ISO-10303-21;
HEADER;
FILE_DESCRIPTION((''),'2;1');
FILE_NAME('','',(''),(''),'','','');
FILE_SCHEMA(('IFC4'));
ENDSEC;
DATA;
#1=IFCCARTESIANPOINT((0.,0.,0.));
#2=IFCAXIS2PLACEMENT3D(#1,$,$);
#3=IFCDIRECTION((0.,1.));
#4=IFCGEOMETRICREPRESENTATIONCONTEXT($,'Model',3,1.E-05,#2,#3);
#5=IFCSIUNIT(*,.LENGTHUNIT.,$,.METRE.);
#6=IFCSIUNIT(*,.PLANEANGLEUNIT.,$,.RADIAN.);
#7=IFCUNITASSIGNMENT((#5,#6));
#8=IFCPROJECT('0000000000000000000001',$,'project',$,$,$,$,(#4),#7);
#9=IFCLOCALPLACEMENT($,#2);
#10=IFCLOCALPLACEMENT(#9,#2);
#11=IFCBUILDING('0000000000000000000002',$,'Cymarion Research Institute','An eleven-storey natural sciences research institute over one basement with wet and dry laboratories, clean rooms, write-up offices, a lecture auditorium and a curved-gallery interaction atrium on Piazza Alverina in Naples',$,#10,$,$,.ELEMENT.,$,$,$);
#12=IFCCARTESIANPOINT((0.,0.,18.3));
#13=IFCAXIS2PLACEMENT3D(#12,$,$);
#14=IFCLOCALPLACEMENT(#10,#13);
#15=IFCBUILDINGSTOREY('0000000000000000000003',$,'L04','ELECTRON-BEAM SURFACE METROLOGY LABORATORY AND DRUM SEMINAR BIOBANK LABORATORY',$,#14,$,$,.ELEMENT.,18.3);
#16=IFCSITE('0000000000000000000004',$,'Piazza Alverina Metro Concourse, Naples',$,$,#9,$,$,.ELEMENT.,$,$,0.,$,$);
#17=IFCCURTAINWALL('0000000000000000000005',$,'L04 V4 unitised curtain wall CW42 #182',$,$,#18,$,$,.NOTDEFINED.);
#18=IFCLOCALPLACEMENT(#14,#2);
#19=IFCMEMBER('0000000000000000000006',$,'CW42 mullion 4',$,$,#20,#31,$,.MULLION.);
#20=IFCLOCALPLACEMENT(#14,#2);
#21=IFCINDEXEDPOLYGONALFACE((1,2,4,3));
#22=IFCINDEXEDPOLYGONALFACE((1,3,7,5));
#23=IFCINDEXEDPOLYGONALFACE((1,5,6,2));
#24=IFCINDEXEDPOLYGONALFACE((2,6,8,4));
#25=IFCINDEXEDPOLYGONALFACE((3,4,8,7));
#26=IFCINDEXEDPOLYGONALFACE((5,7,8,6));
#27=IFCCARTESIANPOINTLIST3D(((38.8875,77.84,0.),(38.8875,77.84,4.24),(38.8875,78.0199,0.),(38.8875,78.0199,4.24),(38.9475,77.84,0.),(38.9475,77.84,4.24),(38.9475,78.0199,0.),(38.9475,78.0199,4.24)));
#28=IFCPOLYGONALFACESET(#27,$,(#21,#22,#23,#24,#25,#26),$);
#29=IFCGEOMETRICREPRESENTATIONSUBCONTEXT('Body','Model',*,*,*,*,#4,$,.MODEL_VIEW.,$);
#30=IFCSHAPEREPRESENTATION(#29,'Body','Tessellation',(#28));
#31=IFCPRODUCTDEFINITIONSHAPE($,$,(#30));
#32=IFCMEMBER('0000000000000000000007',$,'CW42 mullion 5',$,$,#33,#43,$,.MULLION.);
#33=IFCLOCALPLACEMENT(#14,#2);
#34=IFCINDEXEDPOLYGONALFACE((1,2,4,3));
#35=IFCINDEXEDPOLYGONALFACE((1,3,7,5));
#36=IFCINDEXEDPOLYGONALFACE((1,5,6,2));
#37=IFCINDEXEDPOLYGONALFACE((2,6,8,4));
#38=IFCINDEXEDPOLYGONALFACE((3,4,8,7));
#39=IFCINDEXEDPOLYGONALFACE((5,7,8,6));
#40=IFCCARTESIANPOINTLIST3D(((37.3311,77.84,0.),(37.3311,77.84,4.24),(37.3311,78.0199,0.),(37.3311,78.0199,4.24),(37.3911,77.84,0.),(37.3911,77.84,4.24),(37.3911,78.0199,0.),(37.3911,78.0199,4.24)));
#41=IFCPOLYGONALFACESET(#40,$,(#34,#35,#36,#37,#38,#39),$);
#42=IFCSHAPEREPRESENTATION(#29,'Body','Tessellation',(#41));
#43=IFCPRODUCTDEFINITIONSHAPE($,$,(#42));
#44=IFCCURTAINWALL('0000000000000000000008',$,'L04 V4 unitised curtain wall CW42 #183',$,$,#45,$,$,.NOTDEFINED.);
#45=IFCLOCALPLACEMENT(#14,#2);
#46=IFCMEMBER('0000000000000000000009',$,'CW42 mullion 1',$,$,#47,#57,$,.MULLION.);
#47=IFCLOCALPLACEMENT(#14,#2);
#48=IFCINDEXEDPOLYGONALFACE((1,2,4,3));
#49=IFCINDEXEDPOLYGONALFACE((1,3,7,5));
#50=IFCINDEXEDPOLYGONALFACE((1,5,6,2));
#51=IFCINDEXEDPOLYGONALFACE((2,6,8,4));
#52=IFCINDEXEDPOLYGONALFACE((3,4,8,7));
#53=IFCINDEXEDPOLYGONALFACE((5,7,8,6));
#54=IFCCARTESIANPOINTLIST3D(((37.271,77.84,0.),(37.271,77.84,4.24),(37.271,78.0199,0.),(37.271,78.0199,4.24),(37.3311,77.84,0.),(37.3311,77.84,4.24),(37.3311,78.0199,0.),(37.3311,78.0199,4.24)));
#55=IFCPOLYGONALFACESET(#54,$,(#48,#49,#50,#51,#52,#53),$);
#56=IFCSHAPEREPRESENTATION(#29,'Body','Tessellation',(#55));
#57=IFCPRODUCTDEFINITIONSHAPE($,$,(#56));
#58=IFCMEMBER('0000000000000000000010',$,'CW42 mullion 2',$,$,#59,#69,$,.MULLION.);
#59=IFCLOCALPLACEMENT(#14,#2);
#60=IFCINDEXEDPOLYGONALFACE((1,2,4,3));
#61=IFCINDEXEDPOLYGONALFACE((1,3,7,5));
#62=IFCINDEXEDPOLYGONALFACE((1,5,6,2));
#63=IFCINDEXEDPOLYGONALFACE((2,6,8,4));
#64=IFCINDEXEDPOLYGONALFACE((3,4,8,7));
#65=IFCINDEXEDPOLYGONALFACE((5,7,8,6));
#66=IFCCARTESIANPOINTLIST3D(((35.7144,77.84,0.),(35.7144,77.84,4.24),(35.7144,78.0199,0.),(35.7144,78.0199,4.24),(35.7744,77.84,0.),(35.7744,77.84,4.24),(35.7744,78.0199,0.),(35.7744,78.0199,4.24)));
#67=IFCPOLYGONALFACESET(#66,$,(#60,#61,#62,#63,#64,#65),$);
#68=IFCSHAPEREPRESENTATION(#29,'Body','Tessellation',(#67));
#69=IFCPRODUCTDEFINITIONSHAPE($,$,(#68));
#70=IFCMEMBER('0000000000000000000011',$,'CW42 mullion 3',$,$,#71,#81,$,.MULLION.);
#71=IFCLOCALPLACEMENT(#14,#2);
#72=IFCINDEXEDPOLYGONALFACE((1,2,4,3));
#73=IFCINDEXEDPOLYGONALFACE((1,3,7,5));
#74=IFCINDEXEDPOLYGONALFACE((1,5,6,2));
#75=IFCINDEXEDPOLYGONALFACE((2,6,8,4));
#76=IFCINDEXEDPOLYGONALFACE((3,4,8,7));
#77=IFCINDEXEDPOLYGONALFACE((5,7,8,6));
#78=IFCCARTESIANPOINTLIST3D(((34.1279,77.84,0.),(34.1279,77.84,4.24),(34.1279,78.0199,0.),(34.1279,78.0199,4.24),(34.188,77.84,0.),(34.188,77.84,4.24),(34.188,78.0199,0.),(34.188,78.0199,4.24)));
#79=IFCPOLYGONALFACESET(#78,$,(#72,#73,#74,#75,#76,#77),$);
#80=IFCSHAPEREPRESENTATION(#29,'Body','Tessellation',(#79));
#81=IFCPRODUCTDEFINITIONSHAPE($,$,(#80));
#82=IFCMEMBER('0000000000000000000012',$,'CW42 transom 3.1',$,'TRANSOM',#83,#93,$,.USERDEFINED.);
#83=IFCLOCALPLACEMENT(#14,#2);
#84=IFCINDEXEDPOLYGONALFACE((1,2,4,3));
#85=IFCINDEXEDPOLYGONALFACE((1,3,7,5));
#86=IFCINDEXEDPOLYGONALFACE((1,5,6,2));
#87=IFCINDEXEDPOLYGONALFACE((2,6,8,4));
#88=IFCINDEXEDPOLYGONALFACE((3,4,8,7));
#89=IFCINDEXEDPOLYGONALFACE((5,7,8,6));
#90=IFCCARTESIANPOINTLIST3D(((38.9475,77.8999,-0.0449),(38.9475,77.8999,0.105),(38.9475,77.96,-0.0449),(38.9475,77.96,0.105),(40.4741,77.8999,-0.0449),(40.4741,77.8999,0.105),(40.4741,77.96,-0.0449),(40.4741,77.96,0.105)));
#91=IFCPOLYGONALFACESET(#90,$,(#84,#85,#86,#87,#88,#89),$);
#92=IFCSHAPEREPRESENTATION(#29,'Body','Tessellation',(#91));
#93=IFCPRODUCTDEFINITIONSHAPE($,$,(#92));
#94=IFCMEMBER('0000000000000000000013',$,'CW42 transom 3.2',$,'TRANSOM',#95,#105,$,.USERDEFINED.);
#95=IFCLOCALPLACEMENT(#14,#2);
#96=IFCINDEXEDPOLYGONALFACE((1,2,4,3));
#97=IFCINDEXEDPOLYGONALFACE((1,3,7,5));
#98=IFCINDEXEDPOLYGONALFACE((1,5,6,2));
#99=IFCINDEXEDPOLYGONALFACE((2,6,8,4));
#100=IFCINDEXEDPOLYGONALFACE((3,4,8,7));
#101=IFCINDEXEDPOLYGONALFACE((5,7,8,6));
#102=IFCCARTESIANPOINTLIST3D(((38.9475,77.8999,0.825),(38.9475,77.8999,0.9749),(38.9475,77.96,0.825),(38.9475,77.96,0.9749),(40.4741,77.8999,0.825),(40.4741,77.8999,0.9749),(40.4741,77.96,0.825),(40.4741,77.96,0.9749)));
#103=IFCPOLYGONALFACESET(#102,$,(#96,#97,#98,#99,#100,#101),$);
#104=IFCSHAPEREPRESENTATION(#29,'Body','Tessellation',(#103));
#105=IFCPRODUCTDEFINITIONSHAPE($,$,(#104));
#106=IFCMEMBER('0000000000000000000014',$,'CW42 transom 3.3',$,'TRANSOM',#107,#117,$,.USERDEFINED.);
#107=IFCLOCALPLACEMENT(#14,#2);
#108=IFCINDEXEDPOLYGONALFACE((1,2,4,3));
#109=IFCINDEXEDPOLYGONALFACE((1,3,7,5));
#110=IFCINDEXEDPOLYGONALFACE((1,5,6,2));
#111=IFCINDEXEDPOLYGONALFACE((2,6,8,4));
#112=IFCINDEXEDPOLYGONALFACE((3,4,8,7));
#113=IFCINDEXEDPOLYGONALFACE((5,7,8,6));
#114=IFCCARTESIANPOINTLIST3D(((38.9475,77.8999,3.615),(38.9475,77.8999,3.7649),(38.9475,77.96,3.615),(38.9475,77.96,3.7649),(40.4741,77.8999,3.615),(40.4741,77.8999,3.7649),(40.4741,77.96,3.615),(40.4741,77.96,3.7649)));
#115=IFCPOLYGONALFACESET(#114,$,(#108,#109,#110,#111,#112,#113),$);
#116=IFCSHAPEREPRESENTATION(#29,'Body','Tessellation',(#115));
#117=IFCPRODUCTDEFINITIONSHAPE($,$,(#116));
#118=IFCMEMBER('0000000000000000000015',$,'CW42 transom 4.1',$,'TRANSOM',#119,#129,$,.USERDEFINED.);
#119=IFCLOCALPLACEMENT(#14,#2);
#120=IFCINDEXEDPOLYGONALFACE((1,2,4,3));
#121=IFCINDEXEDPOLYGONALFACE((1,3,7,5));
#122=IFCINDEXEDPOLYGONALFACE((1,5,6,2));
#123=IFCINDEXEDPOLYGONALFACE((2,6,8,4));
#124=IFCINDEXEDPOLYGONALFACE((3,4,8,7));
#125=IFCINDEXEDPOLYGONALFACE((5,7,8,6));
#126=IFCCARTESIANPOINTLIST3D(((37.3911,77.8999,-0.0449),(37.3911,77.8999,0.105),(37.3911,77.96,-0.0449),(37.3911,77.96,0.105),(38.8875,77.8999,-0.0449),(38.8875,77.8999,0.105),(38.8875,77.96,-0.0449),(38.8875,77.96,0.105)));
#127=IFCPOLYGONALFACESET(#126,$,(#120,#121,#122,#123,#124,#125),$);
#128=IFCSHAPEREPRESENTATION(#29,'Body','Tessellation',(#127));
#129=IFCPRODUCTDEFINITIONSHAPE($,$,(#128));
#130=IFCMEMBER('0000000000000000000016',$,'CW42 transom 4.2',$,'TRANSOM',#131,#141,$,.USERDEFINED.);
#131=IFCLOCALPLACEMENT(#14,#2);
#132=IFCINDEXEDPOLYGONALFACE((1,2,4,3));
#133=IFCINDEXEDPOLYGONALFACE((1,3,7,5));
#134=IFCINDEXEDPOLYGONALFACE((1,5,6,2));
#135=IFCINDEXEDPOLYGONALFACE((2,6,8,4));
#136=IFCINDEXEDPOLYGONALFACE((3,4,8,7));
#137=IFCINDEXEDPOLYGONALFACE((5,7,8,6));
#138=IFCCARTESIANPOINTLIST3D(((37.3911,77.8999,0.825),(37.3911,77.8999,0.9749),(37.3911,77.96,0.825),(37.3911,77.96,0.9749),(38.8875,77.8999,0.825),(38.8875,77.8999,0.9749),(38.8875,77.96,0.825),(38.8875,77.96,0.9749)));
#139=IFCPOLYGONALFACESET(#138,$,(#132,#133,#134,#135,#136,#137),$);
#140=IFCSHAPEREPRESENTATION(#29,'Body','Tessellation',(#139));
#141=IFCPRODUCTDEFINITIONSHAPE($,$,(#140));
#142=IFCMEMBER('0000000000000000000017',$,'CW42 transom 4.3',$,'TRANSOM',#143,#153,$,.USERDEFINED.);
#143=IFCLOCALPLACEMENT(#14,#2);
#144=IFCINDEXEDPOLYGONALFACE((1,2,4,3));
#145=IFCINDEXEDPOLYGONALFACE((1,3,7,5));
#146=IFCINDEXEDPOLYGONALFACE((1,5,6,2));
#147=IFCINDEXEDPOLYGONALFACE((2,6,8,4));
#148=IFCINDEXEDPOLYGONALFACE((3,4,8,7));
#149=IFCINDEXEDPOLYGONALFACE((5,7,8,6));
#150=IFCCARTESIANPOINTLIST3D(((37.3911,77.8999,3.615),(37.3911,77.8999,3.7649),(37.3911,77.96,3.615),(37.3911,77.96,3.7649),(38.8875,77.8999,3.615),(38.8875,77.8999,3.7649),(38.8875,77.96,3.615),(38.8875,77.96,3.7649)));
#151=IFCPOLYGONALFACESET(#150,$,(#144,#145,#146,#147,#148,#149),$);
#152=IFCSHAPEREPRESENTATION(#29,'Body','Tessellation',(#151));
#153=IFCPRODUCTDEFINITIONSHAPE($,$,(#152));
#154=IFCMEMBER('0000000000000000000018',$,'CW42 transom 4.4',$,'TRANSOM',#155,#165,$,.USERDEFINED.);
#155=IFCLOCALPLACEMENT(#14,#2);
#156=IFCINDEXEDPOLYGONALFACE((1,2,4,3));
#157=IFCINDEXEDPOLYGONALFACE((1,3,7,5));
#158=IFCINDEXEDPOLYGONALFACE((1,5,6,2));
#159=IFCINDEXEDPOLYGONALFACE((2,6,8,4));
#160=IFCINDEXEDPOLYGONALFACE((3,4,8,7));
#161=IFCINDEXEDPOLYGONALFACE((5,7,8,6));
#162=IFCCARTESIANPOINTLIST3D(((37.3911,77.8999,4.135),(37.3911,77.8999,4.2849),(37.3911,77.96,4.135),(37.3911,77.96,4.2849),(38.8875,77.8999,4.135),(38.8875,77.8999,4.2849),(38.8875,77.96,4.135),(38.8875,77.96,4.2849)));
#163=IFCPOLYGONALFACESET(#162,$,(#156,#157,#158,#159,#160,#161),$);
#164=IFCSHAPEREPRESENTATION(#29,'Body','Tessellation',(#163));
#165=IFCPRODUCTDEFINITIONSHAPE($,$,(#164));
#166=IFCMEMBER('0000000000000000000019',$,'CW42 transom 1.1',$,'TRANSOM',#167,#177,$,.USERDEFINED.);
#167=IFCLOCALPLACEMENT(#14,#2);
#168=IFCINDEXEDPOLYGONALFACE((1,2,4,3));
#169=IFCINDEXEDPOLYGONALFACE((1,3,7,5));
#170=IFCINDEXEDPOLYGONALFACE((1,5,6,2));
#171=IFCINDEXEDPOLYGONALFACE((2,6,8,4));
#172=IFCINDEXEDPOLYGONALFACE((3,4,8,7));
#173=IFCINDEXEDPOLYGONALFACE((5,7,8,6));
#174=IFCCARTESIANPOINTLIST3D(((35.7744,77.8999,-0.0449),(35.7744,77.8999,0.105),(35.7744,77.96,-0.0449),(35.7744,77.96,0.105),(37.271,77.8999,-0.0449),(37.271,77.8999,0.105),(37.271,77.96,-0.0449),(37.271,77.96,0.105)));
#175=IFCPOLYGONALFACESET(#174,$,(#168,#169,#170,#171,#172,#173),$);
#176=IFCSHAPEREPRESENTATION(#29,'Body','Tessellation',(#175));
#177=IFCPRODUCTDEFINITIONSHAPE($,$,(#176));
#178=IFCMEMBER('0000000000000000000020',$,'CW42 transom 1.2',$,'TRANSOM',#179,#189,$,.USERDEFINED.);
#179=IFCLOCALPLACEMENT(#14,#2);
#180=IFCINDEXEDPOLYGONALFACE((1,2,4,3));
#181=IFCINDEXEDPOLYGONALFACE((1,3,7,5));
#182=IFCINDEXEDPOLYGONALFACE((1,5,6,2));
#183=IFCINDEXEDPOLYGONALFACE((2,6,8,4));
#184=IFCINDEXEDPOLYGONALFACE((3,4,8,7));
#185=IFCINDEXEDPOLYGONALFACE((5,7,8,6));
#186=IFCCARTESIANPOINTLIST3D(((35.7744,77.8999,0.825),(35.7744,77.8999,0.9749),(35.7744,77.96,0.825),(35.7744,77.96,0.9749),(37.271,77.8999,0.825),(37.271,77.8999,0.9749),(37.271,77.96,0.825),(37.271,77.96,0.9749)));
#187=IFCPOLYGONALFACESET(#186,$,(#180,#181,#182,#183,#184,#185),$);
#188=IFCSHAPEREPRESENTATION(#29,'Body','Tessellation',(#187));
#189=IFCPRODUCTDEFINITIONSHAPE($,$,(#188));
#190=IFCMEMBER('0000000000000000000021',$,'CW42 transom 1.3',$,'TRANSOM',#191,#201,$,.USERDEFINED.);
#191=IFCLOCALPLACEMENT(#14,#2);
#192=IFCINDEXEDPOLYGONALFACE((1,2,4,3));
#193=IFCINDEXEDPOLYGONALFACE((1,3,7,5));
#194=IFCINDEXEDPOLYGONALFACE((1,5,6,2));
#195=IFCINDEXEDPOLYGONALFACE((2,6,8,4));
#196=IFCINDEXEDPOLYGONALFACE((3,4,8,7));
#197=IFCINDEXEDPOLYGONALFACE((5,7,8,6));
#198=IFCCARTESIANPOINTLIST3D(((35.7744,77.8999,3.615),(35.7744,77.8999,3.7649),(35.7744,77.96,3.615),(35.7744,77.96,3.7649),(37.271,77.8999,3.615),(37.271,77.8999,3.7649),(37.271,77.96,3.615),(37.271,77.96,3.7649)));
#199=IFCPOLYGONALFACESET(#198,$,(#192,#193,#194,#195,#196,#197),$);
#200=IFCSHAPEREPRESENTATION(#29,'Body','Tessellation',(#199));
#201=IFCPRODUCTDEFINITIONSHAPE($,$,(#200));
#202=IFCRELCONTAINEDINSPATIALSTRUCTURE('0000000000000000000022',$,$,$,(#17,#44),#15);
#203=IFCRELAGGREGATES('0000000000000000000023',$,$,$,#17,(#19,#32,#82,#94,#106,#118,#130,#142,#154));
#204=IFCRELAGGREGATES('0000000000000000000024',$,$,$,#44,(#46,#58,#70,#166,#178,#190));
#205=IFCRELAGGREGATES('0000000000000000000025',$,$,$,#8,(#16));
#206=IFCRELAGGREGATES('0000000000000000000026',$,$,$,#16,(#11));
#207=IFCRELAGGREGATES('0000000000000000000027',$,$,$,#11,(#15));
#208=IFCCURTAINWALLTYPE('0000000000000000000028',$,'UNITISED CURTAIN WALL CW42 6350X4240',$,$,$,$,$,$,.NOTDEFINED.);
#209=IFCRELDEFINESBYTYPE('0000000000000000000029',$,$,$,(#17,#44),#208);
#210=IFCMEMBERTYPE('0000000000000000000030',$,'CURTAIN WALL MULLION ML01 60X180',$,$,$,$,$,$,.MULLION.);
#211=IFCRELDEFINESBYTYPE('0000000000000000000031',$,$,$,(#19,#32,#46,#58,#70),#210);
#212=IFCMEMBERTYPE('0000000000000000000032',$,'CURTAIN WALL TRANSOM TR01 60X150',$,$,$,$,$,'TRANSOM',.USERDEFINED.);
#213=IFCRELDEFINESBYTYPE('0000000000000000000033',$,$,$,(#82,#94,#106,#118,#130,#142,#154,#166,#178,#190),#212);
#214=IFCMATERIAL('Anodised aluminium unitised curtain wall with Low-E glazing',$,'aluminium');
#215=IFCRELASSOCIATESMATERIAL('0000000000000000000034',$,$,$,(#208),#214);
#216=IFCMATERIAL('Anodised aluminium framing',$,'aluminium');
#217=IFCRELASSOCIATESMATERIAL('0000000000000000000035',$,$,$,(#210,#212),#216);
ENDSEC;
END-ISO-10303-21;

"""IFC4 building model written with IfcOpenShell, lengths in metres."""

from ifc_helpers import new_model, si_unit, direction, frame, origin, origin_2d, place, context, subcontext, project, spatial, rectangle, extrude, material, material_profile, profile_set, type_object, element, aggregate, save


model = new_model("IFC4")

# Units and contexts
model_context = context("Model", 3, precision=1e-05, world=origin(), true_north=direction((0.0, 1.0)))
body_context = subcontext(model_context, "Body", "Model", "MODEL_VIEW")
ifc_project = project(units=[si_unit("LENGTHUNIT", "METRE"), si_unit("PLANEANGLEUNIT", "RADIAN")], contexts=[model_context])

# Site, building, storey
site_placement = place(None, origin())
site = spatial("IfcSite", under=ifc_project, at=site_placement, Name="Piazza Alverina Metro Concourse, Naples", CompositionType="ELEMENT", RefElevation=0.0)
building_placement = place(site_placement, origin())
building = spatial("IfcBuilding", under=site, at=building_placement, Name="Cymarion Research Institute", Description="An eleven-storey natural sciences research institute over one basement with wet and dry laboratories, clean rooms, write-up offices, a lecture auditorium and a curved-gallery interaction atrium on Piazza Alverina in Naples", CompositionType="ELEMENT")
storey_placement = place(building_placement, frame((0.0, 0.0, 18.3)))
storey = spatial("IfcBuildingStorey", under=building, at=storey_placement, Name="L04", Description="ELECTRON-BEAM SURFACE METROLOGY LABORATORY AND DRUM SEMINAR BIOBANK LABORATORY", CompositionType="ELEMENT", Elevation=18.3)

# Curtain walls, members
ifc_material_1 = material(Name="Anodised aluminium unitised curtain wall with Low-E glazing", Category="aluminium")
curtain_wall_type = type_object("IfcCurtainWallType", Name="UNITISED CURTAIN WALL CW42 6350X4240", PredefinedType="NOTDEFINED", material=ifc_material_1)
curtain_wall_1_placement = place(storey_placement, origin())
curtain_wall_1 = element("IfcCurtainWall", 1, at=curtain_wall_1_placement, inside=storey, type_object=curtain_wall_type, Name="L04 V4 unitised curtain wall CW42 #182", PredefinedType="NOTDEFINED")
ifc_material_2 = material(Name="Anodised aluminium framing", Category="aluminium")
ifc_material_profile_1 = material_profile(ifc_material_2, rectangle(XDim=0.0601, YDim=0.1799, at=origin_2d()), Name="ALU MULLION 60x180")
ifc_profile_set_1 = profile_set([ifc_material_profile_1], Name="Anodised aluminium framing")
member_type_1 = type_object("IfcMemberType", Name="CURTAIN WALL MULLION ML01 60X180", PredefinedType="MULLION", material=ifc_profile_set_1)
member_1_placement = place(storey_placement, frame((38.9175, 77.9299, 0.0), z_axis=(0.0, 0.0, 1.0), x_axis=(-1.0, 0.0, 0.0)))
member_1 = element("IfcMember", 2, at=member_1_placement, type_object=member_type_1, Name="CW42 mullion 4", PredefinedType="MULLION", context=body_context, shape_type="SweptSolid", body=[
    extrude(rectangle(XDim=0.0601, YDim=0.1799, at=origin_2d()), origin(), (0.0, 0.0, 1.0), 4.24),
])
member_2_placement = place(storey_placement, frame((37.3611, 77.9299, 0.0), z_axis=(0.0, 0.0, 1.0), x_axis=(-1.0, 0.0, 0.0)))
member_2 = element("IfcMember", 3, at=member_2_placement, type_object=member_type_1, Name="CW42 mullion 5", PredefinedType="MULLION", context=body_context, shape_type="SweptSolid", body=[
    extrude(rectangle(XDim=0.0601, YDim=0.1799, at=origin_2d()), origin(), (0.0, 0.0, 1.0), 4.24),
])
curtain_wall_2_placement = place(storey_placement, origin())
curtain_wall_2 = element("IfcCurtainWall", 4, at=curtain_wall_2_placement, inside=storey, type_object=curtain_wall_type, Name="L04 V4 unitised curtain wall CW42 #183", PredefinedType="NOTDEFINED")
member_3_placement = place(storey_placement, frame((37.301, 77.9299, 0.0), z_axis=(0.0, 0.0, 1.0), x_axis=(-1.0, 0.0, 0.0)))
member_3 = element("IfcMember", 5, at=member_3_placement, type_object=member_type_1, Name="CW42 mullion 1", PredefinedType="MULLION", context=body_context, shape_type="SweptSolid", body=[
    extrude(rectangle(XDim=0.0601, YDim=0.1799, at=origin_2d()), origin(), (0.0, 0.0, 1.0), 4.24),
])
member_4_placement = place(storey_placement, frame((35.7444, 77.9299, 0.0), z_axis=(0.0, 0.0, 1.0), x_axis=(-1.0, 0.0, 0.0)))
member_4 = element("IfcMember", 6, at=member_4_placement, type_object=member_type_1, Name="CW42 mullion 2", PredefinedType="MULLION", context=body_context, shape_type="SweptSolid", body=[
    extrude(rectangle(XDim=0.0601, YDim=0.1799, at=origin_2d()), origin(), (0.0, 0.0, 1.0), 4.24),
])
member_5_placement = place(storey_placement, frame((34.158, 77.9299, 0.0), z_axis=(0.0, 0.0, 1.0), x_axis=(-1.0, 0.0, 0.0)))
member_5 = element("IfcMember", 7, at=member_5_placement, type_object=member_type_1, Name="CW42 mullion 3", PredefinedType="MULLION", context=body_context, shape_type="SweptSolid", body=[
    extrude(rectangle(XDim=0.0601, YDim=0.1799, at=origin_2d()), origin(), (0.0, 0.0, 1.0), 4.24),
])

# Members
ifc_material_profile_2 = material_profile(ifc_material_2, rectangle(XDim=0.0601, YDim=0.1499, at=origin_2d()), Name="ALU TRANSOM 60x150")
ifc_profile_set_2 = profile_set([ifc_material_profile_2], Name="Anodised aluminium framing")
member_type_2 = type_object("IfcMemberType", Name="CURTAIN WALL TRANSOM TR01 60X150", ElementType="TRANSOM", PredefinedType="USERDEFINED", material=ifc_profile_set_2)
member_6_placement = place(storey_placement, frame((40.4741, 77.9299, 0.03), z_axis=(-1.0, 0.0, 0.0), x_axis=(0.0, -1.0, 0.0)))
member_6 = element("IfcMember", 8, at=member_6_placement, type_object=member_type_2, Name="CW42 transom 3.1", ObjectType="TRANSOM", PredefinedType="USERDEFINED", context=body_context, shape_type="SweptSolid", body=[
    extrude(rectangle(XDim=0.0601, YDim=0.1499, at=origin_2d()), origin(), (0.0, 0.0, 1.0), 1.5266),
])
member_7_placement = place(storey_placement, frame((40.4741, 77.9299, 0.8999), z_axis=(-1.0, 0.0, 0.0), x_axis=(0.0, -1.0, 0.0)))
member_7 = element("IfcMember", 9, at=member_7_placement, type_object=member_type_2, Name="CW42 transom 3.2", ObjectType="TRANSOM", PredefinedType="USERDEFINED", context=body_context, shape_type="SweptSolid", body=[
    extrude(rectangle(XDim=0.0601, YDim=0.1499, at=origin_2d()), origin(), (0.0, 0.0, 1.0), 1.5266),
])
member_8_placement = place(storey_placement, frame((40.4741, 77.9299, 3.6899), z_axis=(-1.0, 0.0, 0.0), x_axis=(0.0, -1.0, 0.0)))
member_8 = element("IfcMember", 10, at=member_8_placement, type_object=member_type_2, Name="CW42 transom 3.3", ObjectType="TRANSOM", PredefinedType="USERDEFINED", context=body_context, shape_type="SweptSolid", body=[
    extrude(rectangle(XDim=0.0601, YDim=0.1499, at=origin_2d()), origin(), (0.0, 0.0, 1.0), 1.5266),
])
member_9_placement = place(storey_placement, frame((38.8875, 77.9299, 0.03), z_axis=(-1.0, 0.0, 0.0), x_axis=(0.0, -1.0, 0.0)))
member_9 = element("IfcMember", 11, at=member_9_placement, type_object=member_type_2, Name="CW42 transom 4.1", ObjectType="TRANSOM", PredefinedType="USERDEFINED", context=body_context, shape_type="SweptSolid", body=[
    extrude(rectangle(XDim=0.0601, YDim=0.1499, at=origin_2d()), origin(), (0.0, 0.0, 1.0), 1.4963),
])
member_10_placement = place(storey_placement, frame((38.8875, 77.9299, 0.8999), z_axis=(-1.0, 0.0, 0.0), x_axis=(0.0, -1.0, 0.0)))
member_10 = element("IfcMember", 12, at=member_10_placement, type_object=member_type_2, Name="CW42 transom 4.2", ObjectType="TRANSOM", PredefinedType="USERDEFINED", context=body_context, shape_type="SweptSolid", body=[
    extrude(rectangle(XDim=0.0601, YDim=0.1499, at=origin_2d()), origin(), (0.0, 0.0, 1.0), 1.4963),
])
member_11_placement = place(storey_placement, frame((38.8875, 77.9299, 3.6899), z_axis=(-1.0, 0.0, 0.0), x_axis=(0.0, -1.0, 0.0)))
member_11 = element("IfcMember", 13, at=member_11_placement, type_object=member_type_2, Name="CW42 transom 4.3", ObjectType="TRANSOM", PredefinedType="USERDEFINED", context=body_context, shape_type="SweptSolid", body=[
    extrude(rectangle(XDim=0.0601, YDim=0.1499, at=origin_2d()), origin(), (0.0, 0.0, 1.0), 1.4963),
])
member_12_placement = place(storey_placement, frame((38.8875, 77.9299, 4.21), z_axis=(-1.0, 0.0, 0.0), x_axis=(0.0, -1.0, 0.0)))
member_12 = element("IfcMember", 14, at=member_12_placement, type_object=member_type_2, Name="CW42 transom 4.4", ObjectType="TRANSOM", PredefinedType="USERDEFINED", context=body_context, shape_type="SweptSolid", body=[
    extrude(rectangle(XDim=0.0601, YDim=0.1499, at=origin_2d()), origin(), (0.0, 0.0, 1.0), 1.4963),
])
member_13_placement = place(storey_placement, frame((37.271, 77.9299, 0.03), z_axis=(-1.0, 0.0, 0.0), x_axis=(0.0, -1.0, 0.0)))
member_13 = element("IfcMember", 15, at=member_13_placement, type_object=member_type_2, Name="CW42 transom 1.1", ObjectType="TRANSOM", PredefinedType="USERDEFINED", context=body_context, shape_type="SweptSolid", body=[
    extrude(rectangle(XDim=0.0601, YDim=0.1499, at=origin_2d()), origin(), (0.0, 0.0, 1.0), 1.4966),
])
member_14_placement = place(storey_placement, frame((37.271, 77.9299, 0.8999), z_axis=(-1.0, 0.0, 0.0), x_axis=(0.0, -1.0, 0.0)))
member_14 = element("IfcMember", 16, at=member_14_placement, type_object=member_type_2, Name="CW42 transom 1.2", ObjectType="TRANSOM", PredefinedType="USERDEFINED", context=body_context, shape_type="SweptSolid", body=[
    extrude(rectangle(XDim=0.0601, YDim=0.1499, at=origin_2d()), origin(), (0.0, 0.0, 1.0), 1.4966),
])
member_15_placement = place(storey_placement, frame((37.271, 77.9299, 3.6899), z_axis=(-1.0, 0.0, 0.0), x_axis=(0.0, -1.0, 0.0)))
member_15 = element("IfcMember", 17, at=member_15_placement, type_object=member_type_2, Name="CW42 transom 1.3", ObjectType="TRANSOM", PredefinedType="USERDEFINED", context=body_context, shape_type="SweptSolid", body=[
    extrude(rectangle(XDim=0.0601, YDim=0.1499, at=origin_2d()), origin(), (0.0, 0.0, 1.0), 1.4966),
])

aggregate(curtain_wall_1, [member_1, member_2, member_6, member_7, member_8, member_9, member_10, member_11, member_12])
aggregate(curtain_wall_2, [member_3, member_4, member_5, member_13, member_14, member_15])

save(model, "model.ifc")
